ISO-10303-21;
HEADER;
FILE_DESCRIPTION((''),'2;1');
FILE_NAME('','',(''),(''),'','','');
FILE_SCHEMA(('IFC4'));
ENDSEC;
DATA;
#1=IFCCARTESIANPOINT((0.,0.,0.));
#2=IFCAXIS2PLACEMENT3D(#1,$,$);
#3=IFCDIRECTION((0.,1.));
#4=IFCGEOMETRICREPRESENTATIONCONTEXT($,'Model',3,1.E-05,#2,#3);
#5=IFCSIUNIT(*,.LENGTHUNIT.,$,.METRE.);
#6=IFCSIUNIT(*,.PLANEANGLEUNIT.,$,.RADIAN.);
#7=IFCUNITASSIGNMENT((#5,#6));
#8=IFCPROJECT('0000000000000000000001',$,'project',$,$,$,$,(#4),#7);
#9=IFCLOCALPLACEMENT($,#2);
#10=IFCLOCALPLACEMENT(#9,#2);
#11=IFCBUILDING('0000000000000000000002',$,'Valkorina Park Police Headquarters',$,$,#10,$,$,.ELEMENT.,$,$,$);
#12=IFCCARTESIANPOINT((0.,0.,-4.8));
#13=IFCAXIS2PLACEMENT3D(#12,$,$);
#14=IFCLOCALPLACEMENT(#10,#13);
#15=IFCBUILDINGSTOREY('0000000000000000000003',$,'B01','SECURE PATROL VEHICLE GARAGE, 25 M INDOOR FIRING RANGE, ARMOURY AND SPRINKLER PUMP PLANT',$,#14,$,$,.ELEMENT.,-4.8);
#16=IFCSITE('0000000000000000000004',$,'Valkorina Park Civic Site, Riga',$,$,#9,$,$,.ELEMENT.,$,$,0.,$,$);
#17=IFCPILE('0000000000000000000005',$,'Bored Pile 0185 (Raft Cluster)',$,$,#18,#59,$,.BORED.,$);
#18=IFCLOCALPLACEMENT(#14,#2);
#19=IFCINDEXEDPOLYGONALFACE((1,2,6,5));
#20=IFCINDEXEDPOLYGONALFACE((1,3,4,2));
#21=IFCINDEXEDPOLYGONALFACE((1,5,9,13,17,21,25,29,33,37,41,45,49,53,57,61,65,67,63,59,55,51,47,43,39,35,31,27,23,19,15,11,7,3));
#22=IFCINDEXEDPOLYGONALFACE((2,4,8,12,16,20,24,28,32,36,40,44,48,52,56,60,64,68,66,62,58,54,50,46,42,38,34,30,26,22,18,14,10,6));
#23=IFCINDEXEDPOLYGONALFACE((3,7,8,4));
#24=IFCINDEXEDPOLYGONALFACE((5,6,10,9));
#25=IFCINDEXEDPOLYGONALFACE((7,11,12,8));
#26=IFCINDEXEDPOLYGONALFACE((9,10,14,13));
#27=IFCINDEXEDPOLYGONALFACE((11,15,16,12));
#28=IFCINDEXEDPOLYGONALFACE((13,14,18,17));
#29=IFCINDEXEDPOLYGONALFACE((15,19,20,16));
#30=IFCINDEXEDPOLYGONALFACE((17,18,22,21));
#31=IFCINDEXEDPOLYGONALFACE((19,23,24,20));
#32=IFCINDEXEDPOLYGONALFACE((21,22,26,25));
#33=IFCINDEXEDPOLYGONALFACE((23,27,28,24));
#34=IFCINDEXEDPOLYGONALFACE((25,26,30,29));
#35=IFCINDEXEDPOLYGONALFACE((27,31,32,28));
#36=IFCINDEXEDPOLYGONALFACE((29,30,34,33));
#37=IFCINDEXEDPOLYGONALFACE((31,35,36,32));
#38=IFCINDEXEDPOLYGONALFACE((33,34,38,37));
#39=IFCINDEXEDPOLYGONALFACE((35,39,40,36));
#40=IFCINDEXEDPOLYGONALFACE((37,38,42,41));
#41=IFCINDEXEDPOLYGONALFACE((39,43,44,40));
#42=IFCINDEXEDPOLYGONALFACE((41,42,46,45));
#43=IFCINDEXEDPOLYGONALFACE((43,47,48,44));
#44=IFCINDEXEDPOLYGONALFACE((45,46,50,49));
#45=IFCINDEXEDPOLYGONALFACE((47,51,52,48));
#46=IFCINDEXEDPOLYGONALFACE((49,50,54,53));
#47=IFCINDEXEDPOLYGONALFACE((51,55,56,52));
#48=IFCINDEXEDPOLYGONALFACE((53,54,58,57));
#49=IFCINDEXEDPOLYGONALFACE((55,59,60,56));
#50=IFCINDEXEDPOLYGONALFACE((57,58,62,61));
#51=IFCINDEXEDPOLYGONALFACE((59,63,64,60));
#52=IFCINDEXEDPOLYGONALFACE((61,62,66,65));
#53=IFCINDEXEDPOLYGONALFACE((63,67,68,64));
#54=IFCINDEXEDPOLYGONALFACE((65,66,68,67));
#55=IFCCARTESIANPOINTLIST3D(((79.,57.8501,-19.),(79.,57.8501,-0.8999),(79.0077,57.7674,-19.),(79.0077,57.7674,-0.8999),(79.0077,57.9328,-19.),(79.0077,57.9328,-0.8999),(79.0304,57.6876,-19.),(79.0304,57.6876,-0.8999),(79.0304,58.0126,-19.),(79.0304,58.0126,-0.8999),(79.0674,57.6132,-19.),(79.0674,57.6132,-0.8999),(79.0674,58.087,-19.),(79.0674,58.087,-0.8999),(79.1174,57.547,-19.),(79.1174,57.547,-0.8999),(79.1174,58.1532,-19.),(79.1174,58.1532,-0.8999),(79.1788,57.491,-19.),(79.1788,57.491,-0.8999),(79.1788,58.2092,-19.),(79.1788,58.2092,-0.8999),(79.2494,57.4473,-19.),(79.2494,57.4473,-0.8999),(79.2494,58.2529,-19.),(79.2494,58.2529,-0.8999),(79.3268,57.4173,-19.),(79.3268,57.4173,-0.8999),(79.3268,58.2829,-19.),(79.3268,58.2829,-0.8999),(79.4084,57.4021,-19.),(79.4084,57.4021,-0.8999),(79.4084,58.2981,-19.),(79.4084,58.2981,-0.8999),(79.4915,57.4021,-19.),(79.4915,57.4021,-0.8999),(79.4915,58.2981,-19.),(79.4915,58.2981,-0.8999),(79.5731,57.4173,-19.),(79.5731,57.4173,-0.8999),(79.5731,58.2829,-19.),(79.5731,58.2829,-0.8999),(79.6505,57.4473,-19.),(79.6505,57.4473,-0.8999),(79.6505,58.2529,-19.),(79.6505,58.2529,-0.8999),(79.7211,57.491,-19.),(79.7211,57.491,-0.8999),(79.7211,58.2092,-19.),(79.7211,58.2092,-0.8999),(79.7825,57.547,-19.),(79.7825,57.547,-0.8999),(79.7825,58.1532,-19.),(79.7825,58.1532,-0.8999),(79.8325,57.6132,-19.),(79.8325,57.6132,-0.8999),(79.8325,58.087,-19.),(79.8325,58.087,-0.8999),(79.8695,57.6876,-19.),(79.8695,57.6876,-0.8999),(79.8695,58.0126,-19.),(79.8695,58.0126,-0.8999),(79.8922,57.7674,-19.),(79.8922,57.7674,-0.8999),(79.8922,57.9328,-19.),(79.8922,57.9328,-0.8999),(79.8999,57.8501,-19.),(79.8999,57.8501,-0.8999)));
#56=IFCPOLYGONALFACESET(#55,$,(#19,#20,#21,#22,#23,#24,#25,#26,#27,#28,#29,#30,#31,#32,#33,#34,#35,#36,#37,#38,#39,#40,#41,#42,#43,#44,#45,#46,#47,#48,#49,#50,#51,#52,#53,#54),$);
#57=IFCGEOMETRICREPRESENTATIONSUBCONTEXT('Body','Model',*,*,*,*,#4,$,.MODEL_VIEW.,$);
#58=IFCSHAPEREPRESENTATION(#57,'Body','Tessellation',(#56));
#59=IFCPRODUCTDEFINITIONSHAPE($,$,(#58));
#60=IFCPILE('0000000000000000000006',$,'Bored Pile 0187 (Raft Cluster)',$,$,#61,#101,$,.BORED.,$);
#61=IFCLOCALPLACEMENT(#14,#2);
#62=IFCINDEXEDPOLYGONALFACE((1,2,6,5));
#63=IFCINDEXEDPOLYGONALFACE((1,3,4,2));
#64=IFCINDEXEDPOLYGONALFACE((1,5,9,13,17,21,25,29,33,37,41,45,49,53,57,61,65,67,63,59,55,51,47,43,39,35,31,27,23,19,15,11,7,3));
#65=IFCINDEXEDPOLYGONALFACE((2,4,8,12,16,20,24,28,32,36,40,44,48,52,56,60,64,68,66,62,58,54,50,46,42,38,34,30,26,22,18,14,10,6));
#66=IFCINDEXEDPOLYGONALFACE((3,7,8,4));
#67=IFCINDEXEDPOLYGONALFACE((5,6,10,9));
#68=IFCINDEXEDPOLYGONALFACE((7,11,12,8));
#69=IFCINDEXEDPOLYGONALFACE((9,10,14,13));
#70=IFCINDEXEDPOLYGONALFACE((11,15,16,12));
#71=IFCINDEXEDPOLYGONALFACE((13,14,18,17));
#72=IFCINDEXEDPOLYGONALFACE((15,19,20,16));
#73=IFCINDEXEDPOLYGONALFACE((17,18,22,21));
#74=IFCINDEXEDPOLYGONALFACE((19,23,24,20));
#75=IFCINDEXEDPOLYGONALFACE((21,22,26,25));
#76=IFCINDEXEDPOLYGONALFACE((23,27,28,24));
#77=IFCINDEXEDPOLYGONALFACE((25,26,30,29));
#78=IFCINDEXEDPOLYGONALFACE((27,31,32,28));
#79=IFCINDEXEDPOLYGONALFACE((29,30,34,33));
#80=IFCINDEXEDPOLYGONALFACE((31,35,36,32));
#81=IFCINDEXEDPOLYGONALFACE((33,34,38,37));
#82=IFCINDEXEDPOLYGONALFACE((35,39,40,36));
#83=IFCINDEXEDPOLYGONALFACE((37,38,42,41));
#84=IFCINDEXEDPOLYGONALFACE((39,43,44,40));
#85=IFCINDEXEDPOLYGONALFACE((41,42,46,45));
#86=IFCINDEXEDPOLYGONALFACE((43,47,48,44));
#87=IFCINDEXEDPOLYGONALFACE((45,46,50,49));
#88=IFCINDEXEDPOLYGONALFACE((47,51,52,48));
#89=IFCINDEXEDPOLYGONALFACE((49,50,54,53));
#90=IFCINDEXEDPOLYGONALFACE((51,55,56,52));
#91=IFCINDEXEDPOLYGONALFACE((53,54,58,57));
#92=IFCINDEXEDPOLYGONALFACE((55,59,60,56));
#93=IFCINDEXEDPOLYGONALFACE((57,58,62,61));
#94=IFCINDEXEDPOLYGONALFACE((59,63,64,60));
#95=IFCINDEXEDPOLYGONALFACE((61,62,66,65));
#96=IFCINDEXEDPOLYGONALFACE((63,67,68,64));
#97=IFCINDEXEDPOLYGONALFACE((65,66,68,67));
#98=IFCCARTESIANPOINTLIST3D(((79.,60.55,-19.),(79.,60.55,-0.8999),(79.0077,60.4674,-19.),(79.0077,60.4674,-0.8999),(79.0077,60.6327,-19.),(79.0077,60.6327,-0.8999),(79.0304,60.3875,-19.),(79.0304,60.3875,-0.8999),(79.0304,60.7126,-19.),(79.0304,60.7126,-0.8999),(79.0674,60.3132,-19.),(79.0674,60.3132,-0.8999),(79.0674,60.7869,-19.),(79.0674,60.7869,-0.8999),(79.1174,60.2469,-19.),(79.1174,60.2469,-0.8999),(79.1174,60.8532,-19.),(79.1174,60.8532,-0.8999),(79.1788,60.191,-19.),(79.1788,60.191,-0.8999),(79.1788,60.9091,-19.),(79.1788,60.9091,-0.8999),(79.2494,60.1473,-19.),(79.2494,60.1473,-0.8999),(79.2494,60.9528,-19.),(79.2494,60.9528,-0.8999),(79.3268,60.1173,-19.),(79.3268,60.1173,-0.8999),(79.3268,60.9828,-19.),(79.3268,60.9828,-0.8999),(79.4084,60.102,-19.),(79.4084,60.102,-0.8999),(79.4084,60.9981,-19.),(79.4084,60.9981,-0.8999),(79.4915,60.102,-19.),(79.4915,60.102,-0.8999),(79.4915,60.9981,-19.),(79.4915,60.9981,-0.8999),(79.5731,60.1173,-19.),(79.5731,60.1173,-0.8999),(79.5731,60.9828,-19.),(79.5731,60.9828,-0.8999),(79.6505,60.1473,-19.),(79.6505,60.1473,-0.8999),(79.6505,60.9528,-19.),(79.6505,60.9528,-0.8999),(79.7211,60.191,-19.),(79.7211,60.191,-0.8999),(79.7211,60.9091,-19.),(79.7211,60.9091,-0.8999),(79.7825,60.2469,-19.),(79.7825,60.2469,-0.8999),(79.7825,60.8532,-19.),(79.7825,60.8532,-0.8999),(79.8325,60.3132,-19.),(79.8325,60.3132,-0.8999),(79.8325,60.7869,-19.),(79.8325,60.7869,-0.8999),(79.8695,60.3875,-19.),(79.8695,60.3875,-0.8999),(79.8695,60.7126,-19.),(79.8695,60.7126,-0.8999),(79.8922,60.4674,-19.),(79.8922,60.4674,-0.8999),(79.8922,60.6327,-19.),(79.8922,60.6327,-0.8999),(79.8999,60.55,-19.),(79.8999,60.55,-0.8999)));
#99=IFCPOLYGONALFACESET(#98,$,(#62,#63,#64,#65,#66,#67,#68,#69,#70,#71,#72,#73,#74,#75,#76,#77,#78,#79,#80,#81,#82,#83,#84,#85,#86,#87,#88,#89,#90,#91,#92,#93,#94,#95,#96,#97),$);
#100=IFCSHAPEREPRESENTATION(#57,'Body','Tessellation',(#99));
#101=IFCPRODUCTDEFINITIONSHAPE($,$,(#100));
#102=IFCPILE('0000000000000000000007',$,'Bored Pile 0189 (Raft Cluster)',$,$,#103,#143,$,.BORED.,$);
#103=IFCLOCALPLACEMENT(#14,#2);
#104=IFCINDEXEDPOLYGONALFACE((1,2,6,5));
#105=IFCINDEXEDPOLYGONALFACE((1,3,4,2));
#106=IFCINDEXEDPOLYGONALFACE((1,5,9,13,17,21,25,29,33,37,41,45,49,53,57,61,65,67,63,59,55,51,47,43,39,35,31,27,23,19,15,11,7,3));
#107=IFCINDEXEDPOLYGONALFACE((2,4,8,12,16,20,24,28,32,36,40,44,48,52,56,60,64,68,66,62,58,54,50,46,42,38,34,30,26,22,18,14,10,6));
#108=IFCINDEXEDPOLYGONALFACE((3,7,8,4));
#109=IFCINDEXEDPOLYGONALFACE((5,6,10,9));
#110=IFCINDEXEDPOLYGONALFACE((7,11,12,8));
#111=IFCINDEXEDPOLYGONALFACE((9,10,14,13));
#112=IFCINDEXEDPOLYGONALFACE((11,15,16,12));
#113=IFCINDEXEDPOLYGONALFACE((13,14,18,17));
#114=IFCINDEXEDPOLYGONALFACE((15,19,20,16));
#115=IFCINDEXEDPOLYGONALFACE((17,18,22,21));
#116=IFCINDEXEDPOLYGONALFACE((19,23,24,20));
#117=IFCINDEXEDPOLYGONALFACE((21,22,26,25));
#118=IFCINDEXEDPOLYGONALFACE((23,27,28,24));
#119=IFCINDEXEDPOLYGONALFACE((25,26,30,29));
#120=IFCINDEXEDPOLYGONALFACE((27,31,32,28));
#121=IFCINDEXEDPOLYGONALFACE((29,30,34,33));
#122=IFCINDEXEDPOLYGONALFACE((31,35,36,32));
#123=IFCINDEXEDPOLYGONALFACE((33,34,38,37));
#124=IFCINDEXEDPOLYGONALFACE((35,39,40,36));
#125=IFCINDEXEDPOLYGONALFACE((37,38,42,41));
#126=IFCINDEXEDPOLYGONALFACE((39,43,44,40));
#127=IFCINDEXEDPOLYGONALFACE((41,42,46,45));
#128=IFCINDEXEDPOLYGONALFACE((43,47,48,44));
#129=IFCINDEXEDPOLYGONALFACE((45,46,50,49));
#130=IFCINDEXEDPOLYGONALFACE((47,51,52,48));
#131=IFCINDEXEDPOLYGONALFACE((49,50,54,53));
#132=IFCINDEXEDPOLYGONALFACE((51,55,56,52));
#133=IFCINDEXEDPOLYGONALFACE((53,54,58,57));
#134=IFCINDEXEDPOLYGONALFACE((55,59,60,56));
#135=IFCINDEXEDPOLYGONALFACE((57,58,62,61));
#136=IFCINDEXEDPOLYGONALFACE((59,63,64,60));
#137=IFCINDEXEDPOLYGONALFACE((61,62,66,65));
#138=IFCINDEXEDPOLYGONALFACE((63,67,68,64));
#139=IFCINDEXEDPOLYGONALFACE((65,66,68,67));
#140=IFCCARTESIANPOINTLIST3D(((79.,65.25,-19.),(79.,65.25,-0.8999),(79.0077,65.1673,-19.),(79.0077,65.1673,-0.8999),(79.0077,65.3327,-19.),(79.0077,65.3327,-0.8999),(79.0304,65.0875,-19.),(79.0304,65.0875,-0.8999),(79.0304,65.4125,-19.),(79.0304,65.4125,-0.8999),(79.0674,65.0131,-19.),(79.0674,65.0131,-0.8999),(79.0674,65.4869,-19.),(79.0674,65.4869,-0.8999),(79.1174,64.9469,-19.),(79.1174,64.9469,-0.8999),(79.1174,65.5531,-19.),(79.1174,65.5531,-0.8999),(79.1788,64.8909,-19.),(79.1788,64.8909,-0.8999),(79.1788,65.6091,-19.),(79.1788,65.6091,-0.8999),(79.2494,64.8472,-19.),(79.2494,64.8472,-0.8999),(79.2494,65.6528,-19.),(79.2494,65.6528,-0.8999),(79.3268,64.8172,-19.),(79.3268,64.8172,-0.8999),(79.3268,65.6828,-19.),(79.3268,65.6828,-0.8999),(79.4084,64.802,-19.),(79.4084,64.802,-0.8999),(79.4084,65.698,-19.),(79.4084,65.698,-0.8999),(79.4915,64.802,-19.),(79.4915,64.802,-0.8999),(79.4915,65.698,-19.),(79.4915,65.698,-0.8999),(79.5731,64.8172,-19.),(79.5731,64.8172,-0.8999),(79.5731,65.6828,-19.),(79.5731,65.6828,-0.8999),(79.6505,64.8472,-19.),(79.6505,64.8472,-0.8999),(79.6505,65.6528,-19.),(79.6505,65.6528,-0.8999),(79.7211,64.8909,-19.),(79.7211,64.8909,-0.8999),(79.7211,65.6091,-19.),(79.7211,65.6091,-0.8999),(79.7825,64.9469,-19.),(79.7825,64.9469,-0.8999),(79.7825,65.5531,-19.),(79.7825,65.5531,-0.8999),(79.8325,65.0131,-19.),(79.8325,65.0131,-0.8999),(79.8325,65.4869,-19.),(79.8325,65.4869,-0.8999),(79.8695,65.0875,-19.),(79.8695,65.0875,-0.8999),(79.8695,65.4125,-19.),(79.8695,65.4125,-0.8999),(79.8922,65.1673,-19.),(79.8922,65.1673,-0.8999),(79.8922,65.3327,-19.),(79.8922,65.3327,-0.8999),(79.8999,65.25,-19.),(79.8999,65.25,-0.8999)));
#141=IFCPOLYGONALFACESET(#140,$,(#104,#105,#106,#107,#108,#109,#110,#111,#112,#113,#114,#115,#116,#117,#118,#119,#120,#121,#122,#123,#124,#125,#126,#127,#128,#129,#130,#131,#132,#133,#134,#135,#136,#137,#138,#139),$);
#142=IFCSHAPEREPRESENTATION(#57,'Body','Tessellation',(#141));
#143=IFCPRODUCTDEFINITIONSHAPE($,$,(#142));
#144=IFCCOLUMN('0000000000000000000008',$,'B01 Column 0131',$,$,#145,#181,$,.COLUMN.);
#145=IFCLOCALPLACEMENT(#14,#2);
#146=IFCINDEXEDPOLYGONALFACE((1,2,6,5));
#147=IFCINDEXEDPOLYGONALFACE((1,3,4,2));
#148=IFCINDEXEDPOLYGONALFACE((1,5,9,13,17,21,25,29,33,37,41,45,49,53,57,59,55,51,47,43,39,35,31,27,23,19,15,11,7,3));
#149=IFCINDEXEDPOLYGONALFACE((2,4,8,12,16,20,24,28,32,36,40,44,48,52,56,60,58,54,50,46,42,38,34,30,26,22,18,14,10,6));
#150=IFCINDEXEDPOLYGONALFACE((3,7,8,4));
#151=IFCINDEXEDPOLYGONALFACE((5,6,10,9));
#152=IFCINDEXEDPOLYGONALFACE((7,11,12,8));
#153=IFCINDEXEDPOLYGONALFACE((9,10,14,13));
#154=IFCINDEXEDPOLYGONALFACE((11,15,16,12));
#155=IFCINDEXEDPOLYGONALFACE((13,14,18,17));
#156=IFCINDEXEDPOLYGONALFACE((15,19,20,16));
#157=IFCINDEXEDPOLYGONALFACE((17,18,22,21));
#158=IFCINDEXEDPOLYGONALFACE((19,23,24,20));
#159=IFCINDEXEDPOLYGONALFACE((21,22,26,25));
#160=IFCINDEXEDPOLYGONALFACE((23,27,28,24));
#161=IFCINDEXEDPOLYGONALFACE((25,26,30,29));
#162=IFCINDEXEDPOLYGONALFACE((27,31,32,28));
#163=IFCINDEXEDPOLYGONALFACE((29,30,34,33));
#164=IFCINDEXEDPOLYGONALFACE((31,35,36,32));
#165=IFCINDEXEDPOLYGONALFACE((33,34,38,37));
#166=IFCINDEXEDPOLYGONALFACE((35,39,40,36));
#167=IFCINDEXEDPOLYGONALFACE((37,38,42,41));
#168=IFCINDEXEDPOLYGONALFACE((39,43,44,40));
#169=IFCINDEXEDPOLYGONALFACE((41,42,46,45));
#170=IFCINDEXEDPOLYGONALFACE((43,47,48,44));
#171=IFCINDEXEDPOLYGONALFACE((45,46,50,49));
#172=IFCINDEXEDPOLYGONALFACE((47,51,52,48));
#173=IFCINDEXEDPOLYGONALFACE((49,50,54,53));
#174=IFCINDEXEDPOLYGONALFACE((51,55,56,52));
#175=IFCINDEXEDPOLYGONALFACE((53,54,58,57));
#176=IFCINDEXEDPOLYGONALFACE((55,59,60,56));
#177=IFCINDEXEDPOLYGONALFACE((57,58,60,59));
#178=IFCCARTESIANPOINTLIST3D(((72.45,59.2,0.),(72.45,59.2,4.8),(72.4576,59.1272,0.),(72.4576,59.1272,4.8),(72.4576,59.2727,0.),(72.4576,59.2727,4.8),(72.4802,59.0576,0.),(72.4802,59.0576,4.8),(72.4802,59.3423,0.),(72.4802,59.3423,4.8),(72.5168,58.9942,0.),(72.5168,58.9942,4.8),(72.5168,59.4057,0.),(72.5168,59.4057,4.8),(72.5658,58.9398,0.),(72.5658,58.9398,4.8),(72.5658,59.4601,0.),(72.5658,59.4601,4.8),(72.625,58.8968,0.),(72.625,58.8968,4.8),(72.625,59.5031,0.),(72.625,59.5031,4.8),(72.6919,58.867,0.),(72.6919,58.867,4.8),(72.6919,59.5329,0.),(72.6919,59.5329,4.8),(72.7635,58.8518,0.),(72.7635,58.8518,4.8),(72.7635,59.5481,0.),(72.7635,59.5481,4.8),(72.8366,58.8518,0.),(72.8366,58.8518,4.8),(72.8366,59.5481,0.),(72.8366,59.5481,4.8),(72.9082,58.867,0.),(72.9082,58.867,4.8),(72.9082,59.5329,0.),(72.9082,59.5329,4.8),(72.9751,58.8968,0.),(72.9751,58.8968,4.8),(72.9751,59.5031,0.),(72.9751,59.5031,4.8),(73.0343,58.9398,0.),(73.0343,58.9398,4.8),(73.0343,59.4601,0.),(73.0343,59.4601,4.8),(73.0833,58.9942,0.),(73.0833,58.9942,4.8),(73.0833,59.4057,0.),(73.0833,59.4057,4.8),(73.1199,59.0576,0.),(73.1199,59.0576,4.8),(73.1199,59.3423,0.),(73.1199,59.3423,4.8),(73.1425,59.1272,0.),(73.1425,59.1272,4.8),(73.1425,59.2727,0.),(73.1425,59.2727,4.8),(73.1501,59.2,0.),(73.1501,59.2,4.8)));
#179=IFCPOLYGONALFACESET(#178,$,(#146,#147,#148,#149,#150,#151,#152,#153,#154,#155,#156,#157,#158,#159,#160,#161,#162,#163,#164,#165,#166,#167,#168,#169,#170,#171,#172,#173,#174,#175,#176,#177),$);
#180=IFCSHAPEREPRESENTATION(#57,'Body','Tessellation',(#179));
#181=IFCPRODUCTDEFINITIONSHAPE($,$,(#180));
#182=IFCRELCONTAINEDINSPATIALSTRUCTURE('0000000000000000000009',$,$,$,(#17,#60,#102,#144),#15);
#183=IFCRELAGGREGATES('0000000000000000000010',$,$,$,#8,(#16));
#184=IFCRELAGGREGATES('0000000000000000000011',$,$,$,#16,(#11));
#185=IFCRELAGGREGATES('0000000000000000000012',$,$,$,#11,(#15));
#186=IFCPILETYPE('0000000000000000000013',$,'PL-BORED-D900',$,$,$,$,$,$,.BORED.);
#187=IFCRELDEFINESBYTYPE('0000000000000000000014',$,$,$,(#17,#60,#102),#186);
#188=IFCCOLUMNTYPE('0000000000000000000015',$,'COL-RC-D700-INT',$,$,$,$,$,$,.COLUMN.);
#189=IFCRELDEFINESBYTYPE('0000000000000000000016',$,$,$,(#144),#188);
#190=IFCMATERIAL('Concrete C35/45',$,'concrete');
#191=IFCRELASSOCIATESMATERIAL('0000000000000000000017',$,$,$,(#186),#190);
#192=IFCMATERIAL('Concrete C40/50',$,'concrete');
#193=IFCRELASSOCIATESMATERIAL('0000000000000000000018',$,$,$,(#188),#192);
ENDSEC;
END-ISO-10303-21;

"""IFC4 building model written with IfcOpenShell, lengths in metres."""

from ifc_helpers import new_model, si_unit, direction, frame, origin, origin_2d, place, context, subcontext, project, spatial, circle, extrude, material, material_profile, profile_set, type_object, element, save


model = new_model("IFC4")

# Units and contexts
model_context = context("Model", 3, precision=1e-05, world=origin(), true_north=direction((0.0, 1.0)))
body_context = subcontext(model_context, "Body", "Model", "MODEL_VIEW")
ifc_project = project(units=[si_unit("LENGTHUNIT", "METRE"), si_unit("PLANEANGLEUNIT", "RADIAN")], contexts=[model_context])

# Site, building, storey
site_placement = place(None, origin())
site = spatial("IfcSite", under=ifc_project, at=site_placement, Name="Valkorina Park Civic Site, Riga", CompositionType="ELEMENT", RefElevation=0.0)
building_placement = place(site_placement, origin())
building = spatial("IfcBuilding", under=site, at=building_placement, Name="Valkorina Park Police Headquarters", CompositionType="ELEMENT")
storey_placement = place(building_placement, frame((0.0, 0.0, -4.8)))
storey = spatial("IfcBuildingStorey", under=building, at=storey_placement, Name="B01", Description="SECURE PATROL VEHICLE GARAGE, 25 M INDOOR FIRING RANGE, ARMOURY AND SPRINKLER PUMP PLANT", CompositionType="ELEMENT", Elevation=-4.8)

# Piles
ifc_material_1 = material(Name="Concrete C35/45", Category="concrete")
ifc_material_profile_1 = material_profile(ifc_material_1, circle(Radius=0.45, at=origin_2d()), Name="BORED PILE D900")
ifc_profile_set_1 = profile_set([ifc_material_profile_1], Name="Concrete C35/45")
pile_type = type_object("IfcPileType", Name="PL-BORED-D900", PredefinedType="BORED", material=ifc_profile_set_1)
for number, where, z_axis, x_axis, name in (
    (1, (79.45, 57.8501, -0.8999), (0.0, 0.0, -1.0), (1.0, 0.0, 0.0), "Bored Pile 0185 (Raft Cluster)"),
    (2, (79.45, 60.55, -0.8999), (0.0, 0.0, -1.0), (1.0, 0.0, 0.0), "Bored Pile 0187 (Raft Cluster)"),
    (3, (79.45, 65.25, -0.8999), (0.0, 0.0, -1.0), (1.0, 0.0, 0.0), "Bored Pile 0189 (Raft Cluster)"),
):
    element("IfcPile", number, at=place(storey_placement, frame(where, z_axis=z_axis, x_axis=x_axis)), inside=storey, type_object=pile_type, Name=name, PredefinedType="BORED", context=body_context, shape_type="SweptSolid", body=[
        extrude(circle(Radius=0.45, at=origin_2d()), origin(), (0.0, 0.0, 1.0), 18.1001),
    ])

# Column
ifc_material_2 = material(Name="Concrete C40/50", Category="concrete")
ifc_material_profile_2 = material_profile(ifc_material_2, circle(Radius=0.3501, at=origin_2d()), Name="RC COL D700")
ifc_profile_set_2 = profile_set([ifc_material_profile_2], Name="Concrete C40/50")
column_type = type_object("IfcColumnType", Name="COL-RC-D700-INT", PredefinedType="COLUMN", material=ifc_profile_set_2)
for number, where, z_axis, x_axis, name in (
    (4, (72.8, 59.2, 0.0), (0.0, 0.0, 1.0), (1.0, 0.0, 0.0), "B01 Column 0131"),
):
    element("IfcColumn", number, at=place(storey_placement, frame(where, z_axis=z_axis, x_axis=x_axis)), inside=storey, type_object=column_type, Name=name, PredefinedType="COLUMN", context=body_context, shape_type="SweptSolid", body=[
        extrude(circle(Radius=0.3501, at=origin_2d()), origin(), (0.0, 0.0, 1.0), 4.8),
    ])

save(model, "model.ifc")
